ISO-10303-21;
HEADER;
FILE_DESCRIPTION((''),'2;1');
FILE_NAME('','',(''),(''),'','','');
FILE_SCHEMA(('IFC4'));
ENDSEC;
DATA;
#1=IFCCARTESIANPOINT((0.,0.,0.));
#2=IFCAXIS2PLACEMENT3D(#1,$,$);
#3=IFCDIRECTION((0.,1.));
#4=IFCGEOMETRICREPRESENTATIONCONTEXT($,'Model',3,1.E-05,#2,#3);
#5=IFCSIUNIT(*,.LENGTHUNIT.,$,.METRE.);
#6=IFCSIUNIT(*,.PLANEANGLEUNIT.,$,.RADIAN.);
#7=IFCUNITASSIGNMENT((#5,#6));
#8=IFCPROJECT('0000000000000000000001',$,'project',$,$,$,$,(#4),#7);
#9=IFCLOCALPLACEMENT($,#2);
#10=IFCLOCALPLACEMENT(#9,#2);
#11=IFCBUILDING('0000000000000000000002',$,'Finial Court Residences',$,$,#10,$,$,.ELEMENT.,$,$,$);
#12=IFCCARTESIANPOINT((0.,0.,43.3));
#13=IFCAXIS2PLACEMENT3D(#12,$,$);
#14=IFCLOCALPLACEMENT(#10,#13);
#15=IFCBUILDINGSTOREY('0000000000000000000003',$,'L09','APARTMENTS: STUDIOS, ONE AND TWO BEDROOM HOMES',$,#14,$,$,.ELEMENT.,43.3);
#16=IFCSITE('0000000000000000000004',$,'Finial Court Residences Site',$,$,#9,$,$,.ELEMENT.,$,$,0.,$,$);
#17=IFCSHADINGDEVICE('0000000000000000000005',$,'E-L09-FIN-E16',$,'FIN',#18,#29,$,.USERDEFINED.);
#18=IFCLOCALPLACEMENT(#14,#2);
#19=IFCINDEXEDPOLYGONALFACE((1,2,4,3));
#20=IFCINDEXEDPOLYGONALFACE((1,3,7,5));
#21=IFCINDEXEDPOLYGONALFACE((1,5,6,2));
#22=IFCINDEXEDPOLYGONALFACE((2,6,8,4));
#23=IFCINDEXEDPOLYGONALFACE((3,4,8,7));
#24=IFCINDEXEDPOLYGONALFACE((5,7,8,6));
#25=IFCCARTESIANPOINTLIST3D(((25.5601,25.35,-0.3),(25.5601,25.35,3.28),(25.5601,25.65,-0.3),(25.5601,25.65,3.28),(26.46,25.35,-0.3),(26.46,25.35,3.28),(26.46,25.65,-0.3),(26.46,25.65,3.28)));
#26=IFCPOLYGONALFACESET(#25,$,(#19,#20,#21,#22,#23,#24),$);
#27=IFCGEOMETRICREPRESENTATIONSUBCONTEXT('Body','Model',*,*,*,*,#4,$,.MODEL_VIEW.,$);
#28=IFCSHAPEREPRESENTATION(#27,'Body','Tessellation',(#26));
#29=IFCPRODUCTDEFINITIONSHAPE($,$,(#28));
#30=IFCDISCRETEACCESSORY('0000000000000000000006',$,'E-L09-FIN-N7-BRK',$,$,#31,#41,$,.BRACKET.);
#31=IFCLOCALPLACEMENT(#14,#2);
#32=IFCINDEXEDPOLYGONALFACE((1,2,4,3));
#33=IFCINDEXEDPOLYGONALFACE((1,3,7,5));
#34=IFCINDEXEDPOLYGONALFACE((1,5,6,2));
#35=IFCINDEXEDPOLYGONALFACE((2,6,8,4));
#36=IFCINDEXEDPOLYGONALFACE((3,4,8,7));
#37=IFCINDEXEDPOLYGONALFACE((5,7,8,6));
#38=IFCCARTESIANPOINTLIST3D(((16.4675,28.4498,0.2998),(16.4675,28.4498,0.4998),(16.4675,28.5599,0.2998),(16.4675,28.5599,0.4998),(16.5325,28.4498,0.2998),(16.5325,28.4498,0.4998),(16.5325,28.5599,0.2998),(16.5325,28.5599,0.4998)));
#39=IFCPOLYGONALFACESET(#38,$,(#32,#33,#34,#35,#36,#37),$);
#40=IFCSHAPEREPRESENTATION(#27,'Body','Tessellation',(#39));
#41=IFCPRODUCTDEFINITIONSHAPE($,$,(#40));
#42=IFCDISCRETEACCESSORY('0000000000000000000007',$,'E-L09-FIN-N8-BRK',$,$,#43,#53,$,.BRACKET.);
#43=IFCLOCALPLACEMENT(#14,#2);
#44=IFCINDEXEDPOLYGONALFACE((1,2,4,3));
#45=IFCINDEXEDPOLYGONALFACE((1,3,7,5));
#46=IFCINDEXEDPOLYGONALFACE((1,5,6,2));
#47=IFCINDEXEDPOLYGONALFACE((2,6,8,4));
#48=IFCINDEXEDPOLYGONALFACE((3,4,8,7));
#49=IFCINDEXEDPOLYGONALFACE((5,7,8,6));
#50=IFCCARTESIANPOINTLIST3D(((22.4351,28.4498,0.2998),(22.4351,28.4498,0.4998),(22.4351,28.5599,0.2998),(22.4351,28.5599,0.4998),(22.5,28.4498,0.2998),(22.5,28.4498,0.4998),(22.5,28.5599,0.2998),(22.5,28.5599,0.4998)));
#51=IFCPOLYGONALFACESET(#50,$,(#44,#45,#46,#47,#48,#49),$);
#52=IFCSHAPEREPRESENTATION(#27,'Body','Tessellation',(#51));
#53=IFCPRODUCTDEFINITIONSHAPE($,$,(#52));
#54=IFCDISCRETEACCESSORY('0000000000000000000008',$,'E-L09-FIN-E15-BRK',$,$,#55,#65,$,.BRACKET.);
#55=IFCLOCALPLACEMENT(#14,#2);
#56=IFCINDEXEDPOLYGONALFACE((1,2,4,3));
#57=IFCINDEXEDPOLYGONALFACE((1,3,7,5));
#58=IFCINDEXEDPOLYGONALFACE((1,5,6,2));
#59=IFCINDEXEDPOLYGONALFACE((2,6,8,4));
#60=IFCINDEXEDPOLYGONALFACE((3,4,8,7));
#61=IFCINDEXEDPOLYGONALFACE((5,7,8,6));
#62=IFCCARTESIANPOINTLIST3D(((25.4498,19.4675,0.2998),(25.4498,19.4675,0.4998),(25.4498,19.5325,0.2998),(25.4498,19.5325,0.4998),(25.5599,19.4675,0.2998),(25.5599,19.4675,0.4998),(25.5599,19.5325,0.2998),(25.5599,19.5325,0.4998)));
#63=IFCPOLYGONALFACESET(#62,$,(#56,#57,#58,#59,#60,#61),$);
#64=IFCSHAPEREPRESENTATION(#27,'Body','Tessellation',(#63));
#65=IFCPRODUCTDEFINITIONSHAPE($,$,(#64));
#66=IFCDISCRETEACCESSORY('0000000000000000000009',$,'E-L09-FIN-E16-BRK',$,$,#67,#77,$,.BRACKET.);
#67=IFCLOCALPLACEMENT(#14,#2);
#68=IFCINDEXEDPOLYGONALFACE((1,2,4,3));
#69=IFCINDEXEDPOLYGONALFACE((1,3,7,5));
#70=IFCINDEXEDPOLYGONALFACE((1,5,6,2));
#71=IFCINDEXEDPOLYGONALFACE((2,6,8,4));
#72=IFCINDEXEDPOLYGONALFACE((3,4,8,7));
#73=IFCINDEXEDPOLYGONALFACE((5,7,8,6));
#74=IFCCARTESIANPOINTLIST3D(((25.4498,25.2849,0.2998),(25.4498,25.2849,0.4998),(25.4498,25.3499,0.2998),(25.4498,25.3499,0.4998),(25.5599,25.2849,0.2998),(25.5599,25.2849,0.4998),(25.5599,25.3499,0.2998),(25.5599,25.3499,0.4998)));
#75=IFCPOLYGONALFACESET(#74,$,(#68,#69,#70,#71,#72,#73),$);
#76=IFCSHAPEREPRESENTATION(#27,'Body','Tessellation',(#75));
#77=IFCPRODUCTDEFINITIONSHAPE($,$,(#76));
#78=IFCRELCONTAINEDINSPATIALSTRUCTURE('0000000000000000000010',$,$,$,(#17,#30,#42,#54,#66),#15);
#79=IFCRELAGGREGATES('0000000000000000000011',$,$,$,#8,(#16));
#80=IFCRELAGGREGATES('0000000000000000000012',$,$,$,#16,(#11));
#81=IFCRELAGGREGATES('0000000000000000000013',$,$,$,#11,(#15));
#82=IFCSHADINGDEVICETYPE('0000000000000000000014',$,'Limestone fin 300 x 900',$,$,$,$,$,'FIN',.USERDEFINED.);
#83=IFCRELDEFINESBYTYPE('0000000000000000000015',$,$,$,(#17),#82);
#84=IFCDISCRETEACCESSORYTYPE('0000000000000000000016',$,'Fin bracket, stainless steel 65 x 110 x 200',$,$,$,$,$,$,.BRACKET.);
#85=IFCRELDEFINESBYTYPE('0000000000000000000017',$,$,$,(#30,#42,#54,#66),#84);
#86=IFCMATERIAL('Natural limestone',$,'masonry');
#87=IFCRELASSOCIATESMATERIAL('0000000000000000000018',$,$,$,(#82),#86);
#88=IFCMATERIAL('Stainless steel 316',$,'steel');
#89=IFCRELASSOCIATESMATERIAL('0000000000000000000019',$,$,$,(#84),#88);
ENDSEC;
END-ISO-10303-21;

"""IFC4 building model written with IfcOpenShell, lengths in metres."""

from ifc_helpers import new_model, si_unit, direction, frame, origin, origin_2d, place, context, subcontext, project, spatial, rectangle, extrude, material, type_object, element, save


model = new_model("IFC4")

# Units and contexts
model_context = context("Model", 3, precision=1e-05, world=origin(), true_north=direction((0.0, 1.0)))
body_context = subcontext(model_context, "Body", "Model", "MODEL_VIEW")
ifc_project = project(units=[si_unit("LENGTHUNIT", "METRE"), si_unit("PLANEANGLEUNIT", "RADIAN")], contexts=[model_context])

# Site, building, storey
site_placement = place(None, origin())
site = spatial("IfcSite", under=ifc_project, at=site_placement, Name="Finial Court Residences Site", CompositionType="ELEMENT", RefElevation=0.0)
building_placement = place(site_placement, origin())
building = spatial("IfcBuilding", under=site, at=building_placement, Name="Finial Court Residences", CompositionType="ELEMENT")
storey_placement = place(building_placement, frame((0.0, 0.0, 43.3)))
storey = spatial("IfcBuildingStorey", under=building, at=storey_placement, Name="L09", Description="APARTMENTS: STUDIOS, ONE AND TWO BEDROOM HOMES", CompositionType="ELEMENT", Elevation=43.3)

# Shared definitions
ifc_material_1 = material(Name="Natural limestone", Category="masonry")

# Shading device
shading_device_type = type_object("IfcShadingDeviceType", Name="Limestone fin 300 x 900", ElementType="FIN", PredefinedType="USERDEFINED", material=ifc_material_1)
for number, where, z_axis, x_axis, name in (
    (1, (26.01, 25.5, -0.3), (0.0, 0.0, 1.0), (1.0, 0.0, 0.0), "E-L09-FIN-E16"),
):
    element("IfcShadingDevice", number, at=place(storey_placement, frame(where, z_axis=z_axis, x_axis=x_axis)), inside=storey, type_object=shading_device_type, Name=name, ObjectType="FIN", PredefinedType="USERDEFINED", context=body_context, shape_type="SweptSolid", body=[
        extrude(rectangle(XDim=0.8999, YDim=0.3, at=origin_2d()), origin(), (0.0, 0.0, 1.0), 3.5801),
    ])

# Discrete accessories
ifc_material_2 = material(Name="Stainless steel 316", Category="steel")
discrete_accessory_type = type_object("IfcDiscreteAccessoryType", Name="Fin bracket, stainless steel 65 x 110 x 200", PredefinedType="BRACKET", material=ifc_material_2)
for number, where, z_axis, x_axis, name in (
    (2, (16.5, 28.5049, 0.2998), (0.0, 0.0, 1.0), (1.0, 0.0, 0.0), "E-L09-FIN-N7-BRK"),
    (3, (22.4675, 28.5049, 0.2998), (0.0, 0.0, 1.0), (1.0, 0.0, 0.0), "E-L09-FIN-N8-BRK"),
):
    element("IfcDiscreteAccessory", number, at=place(storey_placement, frame(where, z_axis=z_axis, x_axis=x_axis)), inside=storey, type_object=discrete_accessory_type, Name=name, PredefinedType="BRACKET", context=body_context, shape_type="SweptSolid", body=[
        extrude(rectangle(XDim=0.0649, YDim=0.1101, at=origin_2d()), origin(), (0.0, 0.0, 1.0), 0.2),
    ])
for number, where, z_axis, x_axis, name in (
    (4, (25.5049, 19.5, 0.2998), (0.0, 0.0, 1.0), (1.0, 0.0, 0.0), "E-L09-FIN-E15-BRK"),
    (5, (25.5049, 25.3174, 0.2998), (0.0, 0.0, 1.0), (1.0, 0.0, 0.0), "E-L09-FIN-E16-BRK"),
):
    element("IfcDiscreteAccessory", number, at=place(storey_placement, frame(where, z_axis=z_axis, x_axis=x_axis)), inside=storey, type_object=discrete_accessory_type, Name=name, PredefinedType="BRACKET", context=body_context, shape_type="SweptSolid", body=[
        extrude(rectangle(XDim=0.1101, YDim=0.0649, at=origin_2d()), origin(), (0.0, 0.0, 1.0), 0.2),
    ])

save(model, "model.ifc")
